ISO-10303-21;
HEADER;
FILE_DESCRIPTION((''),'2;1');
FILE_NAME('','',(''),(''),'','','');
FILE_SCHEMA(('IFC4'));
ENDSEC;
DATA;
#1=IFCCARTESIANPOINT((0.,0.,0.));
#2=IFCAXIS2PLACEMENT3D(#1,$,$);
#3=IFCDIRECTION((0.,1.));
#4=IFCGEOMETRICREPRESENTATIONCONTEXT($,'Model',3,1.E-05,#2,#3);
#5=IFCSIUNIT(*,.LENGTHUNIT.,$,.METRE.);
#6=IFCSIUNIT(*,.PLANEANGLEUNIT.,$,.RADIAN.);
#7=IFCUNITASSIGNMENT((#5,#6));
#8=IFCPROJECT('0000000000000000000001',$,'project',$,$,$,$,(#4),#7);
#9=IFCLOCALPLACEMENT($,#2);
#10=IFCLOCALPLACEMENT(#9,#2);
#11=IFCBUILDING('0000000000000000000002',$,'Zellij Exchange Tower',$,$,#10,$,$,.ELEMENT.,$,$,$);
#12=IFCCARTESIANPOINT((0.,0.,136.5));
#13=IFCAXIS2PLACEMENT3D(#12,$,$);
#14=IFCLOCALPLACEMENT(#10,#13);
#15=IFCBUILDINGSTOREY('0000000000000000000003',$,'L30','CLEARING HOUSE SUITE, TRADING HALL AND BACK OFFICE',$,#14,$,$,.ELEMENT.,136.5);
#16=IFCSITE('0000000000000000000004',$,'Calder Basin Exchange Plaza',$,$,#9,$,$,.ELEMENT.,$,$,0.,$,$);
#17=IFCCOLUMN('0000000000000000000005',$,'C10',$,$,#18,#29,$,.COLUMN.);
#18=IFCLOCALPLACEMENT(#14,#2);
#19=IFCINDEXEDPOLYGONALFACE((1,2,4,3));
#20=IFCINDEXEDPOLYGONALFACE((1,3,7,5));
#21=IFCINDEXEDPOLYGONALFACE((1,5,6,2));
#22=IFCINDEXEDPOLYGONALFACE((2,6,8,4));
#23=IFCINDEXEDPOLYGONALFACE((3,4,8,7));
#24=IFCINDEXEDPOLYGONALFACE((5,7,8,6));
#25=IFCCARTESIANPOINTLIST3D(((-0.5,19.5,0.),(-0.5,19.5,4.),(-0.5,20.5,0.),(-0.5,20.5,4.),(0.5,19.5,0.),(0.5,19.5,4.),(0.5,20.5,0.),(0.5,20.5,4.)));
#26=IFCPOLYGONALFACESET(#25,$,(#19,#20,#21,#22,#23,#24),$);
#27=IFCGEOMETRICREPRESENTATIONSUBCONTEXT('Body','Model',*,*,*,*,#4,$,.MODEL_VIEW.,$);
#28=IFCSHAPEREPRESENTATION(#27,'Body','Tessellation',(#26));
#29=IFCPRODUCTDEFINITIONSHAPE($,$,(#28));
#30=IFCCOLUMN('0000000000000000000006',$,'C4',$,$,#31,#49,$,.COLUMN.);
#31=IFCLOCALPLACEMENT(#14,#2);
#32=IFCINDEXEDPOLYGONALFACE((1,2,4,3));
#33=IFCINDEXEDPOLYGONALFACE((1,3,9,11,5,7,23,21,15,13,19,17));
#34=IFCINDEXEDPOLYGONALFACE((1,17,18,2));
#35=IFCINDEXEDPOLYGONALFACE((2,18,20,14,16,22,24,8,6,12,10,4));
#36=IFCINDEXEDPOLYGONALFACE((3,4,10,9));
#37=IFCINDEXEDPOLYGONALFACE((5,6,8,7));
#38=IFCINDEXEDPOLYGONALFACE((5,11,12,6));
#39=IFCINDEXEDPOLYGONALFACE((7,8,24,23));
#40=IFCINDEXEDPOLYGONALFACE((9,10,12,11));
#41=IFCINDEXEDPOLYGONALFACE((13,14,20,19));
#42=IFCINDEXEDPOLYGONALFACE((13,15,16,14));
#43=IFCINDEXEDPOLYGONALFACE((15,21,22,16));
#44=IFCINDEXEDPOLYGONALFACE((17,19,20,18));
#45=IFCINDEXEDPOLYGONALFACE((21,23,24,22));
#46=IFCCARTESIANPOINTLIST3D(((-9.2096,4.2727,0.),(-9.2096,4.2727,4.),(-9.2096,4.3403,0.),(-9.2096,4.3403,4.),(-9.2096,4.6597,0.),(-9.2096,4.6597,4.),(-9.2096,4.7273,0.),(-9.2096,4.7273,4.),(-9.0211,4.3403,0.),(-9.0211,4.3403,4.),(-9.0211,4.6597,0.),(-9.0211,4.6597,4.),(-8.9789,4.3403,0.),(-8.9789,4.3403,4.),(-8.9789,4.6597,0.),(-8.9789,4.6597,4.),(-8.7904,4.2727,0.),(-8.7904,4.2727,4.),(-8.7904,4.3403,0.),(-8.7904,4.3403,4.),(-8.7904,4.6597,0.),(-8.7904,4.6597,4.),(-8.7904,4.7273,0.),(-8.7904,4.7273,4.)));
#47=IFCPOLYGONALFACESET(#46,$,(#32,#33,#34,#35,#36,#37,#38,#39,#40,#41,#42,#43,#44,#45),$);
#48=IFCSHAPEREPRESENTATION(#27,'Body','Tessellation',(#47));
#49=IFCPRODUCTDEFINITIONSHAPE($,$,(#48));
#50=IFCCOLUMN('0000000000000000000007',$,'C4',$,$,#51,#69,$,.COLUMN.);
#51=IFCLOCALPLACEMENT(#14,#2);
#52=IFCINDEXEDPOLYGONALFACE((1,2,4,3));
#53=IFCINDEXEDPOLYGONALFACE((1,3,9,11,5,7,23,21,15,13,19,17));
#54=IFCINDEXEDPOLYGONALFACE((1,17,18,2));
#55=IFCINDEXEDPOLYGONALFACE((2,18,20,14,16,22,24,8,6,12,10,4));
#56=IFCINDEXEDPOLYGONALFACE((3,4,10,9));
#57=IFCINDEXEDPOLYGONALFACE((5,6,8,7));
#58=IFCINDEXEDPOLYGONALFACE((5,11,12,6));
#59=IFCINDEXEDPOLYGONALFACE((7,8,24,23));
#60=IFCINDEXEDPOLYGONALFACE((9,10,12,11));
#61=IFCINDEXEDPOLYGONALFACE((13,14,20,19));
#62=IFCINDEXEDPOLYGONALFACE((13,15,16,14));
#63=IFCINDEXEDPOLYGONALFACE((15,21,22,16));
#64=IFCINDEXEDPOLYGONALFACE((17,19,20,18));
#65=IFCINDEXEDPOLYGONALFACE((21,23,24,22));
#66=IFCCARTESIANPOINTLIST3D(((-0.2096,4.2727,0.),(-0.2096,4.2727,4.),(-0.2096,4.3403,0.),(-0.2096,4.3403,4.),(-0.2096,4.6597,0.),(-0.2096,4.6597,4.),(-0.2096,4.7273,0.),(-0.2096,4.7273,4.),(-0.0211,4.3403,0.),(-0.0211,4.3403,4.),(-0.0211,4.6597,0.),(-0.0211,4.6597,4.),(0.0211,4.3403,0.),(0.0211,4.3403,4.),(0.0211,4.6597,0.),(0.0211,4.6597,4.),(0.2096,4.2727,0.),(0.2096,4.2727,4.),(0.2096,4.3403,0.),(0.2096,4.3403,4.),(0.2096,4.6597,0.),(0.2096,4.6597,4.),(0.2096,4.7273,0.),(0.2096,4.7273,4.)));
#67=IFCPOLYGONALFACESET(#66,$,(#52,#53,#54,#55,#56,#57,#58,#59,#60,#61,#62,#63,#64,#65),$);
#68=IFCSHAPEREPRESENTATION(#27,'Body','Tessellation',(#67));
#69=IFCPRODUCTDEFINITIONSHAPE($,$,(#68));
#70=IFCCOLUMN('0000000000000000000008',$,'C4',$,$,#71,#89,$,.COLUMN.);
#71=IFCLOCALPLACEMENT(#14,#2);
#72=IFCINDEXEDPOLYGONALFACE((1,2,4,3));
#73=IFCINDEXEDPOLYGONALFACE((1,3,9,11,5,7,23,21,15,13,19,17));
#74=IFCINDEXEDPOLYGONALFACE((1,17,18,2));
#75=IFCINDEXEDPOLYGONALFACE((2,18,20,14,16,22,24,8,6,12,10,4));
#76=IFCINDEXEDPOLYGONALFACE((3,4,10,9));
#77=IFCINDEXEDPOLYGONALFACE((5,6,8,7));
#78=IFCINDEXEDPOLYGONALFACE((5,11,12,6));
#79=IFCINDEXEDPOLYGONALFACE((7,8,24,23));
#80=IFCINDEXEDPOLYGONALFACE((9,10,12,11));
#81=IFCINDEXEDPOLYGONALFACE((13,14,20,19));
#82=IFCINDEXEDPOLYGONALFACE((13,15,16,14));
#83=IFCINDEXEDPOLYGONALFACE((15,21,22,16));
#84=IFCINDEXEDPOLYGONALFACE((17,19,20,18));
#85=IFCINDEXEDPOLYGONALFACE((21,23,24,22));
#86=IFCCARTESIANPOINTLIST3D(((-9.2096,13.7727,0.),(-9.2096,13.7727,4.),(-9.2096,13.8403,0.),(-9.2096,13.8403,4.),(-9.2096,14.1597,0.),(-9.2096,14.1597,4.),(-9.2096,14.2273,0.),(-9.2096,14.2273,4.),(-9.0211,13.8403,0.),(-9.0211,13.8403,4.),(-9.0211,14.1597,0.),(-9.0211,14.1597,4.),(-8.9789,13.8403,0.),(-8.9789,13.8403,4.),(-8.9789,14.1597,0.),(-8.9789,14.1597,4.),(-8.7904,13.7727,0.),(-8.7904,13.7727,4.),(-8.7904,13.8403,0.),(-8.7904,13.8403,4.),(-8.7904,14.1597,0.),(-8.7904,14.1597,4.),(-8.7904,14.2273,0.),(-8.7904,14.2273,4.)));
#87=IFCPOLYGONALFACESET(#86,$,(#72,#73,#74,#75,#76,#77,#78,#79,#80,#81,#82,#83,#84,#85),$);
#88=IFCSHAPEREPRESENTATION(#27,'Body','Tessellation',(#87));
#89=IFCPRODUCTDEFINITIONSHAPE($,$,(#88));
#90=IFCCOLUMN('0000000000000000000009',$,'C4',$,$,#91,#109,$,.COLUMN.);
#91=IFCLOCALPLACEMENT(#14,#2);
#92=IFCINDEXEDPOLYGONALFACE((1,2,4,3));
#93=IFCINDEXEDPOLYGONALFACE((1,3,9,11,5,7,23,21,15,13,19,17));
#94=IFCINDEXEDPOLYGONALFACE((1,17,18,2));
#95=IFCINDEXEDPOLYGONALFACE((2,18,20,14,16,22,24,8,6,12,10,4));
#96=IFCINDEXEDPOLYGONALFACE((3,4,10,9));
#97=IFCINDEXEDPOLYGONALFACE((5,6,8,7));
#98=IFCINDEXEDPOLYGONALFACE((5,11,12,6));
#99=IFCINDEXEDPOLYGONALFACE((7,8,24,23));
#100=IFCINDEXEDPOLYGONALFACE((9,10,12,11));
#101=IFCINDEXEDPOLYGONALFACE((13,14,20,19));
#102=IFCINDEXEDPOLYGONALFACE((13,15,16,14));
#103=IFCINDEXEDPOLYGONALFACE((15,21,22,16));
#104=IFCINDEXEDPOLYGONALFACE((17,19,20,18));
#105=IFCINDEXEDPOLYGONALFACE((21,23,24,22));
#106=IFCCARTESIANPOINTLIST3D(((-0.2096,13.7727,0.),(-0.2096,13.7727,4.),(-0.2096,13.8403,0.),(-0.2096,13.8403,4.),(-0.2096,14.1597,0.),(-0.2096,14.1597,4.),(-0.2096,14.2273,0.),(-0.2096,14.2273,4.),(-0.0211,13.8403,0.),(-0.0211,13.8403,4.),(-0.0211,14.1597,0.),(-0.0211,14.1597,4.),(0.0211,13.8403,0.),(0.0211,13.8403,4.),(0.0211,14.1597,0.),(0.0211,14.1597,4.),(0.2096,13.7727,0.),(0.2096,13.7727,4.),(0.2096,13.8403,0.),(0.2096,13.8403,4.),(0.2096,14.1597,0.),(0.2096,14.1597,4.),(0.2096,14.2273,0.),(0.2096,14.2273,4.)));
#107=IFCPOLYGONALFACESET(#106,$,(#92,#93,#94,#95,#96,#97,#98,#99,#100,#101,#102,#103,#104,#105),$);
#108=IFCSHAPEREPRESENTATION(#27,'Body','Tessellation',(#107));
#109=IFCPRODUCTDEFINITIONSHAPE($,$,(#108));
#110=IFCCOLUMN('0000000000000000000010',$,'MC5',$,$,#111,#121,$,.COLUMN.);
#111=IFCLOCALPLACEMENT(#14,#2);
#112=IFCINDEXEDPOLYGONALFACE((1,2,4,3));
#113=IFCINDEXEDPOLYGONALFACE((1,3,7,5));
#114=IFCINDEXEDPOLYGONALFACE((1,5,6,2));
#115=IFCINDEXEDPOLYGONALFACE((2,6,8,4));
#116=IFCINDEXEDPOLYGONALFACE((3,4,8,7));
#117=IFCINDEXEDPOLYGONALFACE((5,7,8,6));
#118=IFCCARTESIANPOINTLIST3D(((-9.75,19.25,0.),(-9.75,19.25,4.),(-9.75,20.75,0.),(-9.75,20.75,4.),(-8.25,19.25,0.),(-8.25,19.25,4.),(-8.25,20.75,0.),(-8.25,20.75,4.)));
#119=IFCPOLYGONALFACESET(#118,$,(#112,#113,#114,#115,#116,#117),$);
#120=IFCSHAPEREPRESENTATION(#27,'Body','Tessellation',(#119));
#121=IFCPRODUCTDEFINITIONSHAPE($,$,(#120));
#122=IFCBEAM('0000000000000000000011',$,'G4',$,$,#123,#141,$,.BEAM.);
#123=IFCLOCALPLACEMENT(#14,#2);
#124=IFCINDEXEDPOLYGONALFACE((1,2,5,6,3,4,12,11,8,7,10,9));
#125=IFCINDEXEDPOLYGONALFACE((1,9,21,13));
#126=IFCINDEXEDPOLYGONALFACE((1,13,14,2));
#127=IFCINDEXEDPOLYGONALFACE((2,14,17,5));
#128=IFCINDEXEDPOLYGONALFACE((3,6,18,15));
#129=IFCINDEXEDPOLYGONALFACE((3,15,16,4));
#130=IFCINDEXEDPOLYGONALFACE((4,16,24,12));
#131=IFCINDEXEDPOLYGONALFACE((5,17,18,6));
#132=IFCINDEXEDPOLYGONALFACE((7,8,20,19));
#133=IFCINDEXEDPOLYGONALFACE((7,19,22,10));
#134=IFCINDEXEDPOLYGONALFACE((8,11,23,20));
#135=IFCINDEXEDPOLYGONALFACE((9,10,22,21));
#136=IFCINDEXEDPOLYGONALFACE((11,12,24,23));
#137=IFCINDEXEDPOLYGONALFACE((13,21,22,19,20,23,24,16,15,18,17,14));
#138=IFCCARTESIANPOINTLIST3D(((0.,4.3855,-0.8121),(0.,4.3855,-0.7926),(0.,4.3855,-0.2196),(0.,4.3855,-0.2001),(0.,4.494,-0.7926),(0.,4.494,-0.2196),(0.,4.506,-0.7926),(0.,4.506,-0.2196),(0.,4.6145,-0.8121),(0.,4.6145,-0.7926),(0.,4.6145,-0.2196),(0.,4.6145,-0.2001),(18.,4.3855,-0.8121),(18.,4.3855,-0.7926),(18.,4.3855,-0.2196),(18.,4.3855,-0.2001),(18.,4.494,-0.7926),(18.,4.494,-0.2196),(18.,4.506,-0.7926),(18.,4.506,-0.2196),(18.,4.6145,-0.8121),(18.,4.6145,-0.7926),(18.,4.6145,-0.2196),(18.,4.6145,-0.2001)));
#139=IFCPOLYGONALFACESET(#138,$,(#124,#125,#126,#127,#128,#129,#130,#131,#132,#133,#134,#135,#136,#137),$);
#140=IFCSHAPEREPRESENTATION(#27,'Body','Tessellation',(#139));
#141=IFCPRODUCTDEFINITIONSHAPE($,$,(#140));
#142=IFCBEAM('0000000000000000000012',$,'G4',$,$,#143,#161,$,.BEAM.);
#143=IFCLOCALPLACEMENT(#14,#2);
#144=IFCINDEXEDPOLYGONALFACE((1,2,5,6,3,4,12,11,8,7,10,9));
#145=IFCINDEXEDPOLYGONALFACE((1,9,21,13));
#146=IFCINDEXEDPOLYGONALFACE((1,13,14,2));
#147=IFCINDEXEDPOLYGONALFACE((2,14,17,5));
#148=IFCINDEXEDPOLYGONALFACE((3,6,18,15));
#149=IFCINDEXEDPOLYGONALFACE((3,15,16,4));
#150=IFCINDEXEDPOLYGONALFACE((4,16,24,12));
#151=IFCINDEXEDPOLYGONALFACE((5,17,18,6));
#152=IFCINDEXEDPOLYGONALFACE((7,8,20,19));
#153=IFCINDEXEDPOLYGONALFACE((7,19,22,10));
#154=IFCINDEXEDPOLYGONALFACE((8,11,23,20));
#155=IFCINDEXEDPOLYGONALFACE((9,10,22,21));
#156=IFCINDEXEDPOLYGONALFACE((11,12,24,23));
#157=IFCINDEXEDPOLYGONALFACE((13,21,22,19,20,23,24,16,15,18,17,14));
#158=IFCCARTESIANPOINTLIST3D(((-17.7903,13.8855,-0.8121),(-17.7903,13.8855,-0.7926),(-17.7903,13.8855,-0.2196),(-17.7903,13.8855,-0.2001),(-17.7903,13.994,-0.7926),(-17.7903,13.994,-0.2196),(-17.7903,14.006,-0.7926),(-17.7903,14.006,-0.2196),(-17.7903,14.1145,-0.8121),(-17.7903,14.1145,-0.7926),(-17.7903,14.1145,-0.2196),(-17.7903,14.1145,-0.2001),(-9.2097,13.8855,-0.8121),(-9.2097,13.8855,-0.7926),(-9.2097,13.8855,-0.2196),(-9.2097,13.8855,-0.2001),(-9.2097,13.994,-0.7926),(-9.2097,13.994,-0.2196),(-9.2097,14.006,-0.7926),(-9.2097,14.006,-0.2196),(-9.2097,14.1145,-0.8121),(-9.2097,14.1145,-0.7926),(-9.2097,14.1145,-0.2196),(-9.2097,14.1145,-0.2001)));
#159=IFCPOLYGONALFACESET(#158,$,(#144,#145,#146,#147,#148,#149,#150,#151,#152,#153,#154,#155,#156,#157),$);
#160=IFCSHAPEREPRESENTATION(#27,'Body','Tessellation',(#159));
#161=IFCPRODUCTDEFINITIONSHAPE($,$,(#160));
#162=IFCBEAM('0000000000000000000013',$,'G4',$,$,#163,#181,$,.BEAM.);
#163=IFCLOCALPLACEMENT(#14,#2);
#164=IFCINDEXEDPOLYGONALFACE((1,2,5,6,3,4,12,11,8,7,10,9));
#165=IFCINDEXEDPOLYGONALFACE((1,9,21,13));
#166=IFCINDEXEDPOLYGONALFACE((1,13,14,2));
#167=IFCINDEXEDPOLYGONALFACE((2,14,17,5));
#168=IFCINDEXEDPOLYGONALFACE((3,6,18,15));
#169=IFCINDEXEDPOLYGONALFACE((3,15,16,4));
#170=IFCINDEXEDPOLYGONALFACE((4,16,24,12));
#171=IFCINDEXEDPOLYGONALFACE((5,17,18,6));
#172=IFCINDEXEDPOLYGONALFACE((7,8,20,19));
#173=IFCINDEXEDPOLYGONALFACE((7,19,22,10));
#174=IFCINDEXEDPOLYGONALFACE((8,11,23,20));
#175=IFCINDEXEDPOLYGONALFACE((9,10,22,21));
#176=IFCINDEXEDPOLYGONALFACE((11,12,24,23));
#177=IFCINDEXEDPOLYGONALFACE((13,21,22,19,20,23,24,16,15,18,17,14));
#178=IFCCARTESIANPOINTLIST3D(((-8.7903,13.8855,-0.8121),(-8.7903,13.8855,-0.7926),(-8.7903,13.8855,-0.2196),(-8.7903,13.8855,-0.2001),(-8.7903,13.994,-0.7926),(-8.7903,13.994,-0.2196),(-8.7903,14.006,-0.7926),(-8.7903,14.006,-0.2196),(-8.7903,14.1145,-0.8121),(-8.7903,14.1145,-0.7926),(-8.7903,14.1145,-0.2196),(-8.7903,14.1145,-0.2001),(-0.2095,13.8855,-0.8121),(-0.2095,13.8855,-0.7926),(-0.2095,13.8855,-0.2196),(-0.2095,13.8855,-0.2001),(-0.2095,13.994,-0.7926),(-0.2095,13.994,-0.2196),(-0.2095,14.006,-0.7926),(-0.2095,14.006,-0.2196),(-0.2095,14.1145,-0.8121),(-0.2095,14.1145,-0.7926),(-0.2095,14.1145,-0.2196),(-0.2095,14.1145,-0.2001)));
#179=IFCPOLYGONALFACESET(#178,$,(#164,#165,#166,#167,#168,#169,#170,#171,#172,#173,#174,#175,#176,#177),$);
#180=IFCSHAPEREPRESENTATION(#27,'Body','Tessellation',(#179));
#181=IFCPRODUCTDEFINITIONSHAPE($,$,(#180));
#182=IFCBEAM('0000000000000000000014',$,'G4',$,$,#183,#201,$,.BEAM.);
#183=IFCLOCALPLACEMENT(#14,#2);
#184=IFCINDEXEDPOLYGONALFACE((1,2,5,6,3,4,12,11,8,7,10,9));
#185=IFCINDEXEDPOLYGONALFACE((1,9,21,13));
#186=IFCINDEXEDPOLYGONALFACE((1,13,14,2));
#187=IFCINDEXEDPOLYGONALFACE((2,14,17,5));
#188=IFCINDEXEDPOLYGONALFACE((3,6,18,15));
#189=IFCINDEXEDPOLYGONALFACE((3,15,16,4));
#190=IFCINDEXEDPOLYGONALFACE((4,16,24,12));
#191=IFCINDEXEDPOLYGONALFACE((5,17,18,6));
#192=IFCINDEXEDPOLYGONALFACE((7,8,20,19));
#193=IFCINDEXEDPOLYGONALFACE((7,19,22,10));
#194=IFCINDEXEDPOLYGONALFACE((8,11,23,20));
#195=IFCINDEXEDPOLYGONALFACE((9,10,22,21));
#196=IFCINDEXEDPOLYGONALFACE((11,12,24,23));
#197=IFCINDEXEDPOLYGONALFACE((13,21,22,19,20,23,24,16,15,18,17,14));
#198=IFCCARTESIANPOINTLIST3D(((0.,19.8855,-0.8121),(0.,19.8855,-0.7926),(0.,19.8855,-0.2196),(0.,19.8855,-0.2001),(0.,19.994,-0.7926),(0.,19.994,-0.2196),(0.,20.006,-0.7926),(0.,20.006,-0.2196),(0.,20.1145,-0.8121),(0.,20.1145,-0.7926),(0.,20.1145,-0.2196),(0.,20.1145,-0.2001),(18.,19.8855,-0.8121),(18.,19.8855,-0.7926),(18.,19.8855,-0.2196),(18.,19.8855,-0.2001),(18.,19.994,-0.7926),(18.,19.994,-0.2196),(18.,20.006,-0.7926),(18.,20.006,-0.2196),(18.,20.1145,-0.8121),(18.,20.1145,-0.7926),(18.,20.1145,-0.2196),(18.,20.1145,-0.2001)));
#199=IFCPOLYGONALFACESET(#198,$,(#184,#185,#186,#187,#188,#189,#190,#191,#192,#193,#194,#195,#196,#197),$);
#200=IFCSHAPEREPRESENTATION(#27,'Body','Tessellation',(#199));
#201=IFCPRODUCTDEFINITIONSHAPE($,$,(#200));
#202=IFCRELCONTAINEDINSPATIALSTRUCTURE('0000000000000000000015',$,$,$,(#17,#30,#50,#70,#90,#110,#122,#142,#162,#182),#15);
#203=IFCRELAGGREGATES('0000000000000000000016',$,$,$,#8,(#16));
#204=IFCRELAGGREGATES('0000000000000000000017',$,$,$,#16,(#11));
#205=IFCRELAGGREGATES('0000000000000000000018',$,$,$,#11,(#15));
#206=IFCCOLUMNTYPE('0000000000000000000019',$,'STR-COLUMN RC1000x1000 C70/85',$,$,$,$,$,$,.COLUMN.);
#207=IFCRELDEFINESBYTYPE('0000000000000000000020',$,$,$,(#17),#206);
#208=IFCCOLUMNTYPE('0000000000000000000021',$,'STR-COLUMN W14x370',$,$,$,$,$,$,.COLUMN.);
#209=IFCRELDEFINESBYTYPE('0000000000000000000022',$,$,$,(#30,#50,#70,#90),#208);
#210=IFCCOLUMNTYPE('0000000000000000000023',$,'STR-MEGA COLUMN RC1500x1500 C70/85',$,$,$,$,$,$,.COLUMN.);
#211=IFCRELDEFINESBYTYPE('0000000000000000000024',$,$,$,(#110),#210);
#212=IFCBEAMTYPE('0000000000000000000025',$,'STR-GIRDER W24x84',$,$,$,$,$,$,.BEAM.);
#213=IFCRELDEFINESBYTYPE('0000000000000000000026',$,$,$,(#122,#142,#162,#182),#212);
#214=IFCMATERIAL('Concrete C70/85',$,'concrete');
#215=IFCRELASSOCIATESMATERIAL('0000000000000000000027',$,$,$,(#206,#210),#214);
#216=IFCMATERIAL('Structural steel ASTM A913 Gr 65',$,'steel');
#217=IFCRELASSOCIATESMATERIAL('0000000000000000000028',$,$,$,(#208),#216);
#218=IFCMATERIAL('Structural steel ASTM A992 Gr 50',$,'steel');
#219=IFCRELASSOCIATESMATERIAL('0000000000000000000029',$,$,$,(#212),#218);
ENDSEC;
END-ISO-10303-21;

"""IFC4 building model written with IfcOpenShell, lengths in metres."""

from ifc_helpers import new_model, si_unit, direction, frame, origin, origin_2d, place, context, subcontext, project, spatial, rectangle, i_section, extrude, material, material_profile, profile_set, type_object, element, save


model = new_model("IFC4")

# Units and contexts
model_context = context("Model", 3, precision=1e-05, world=origin(), true_north=direction((0.0, 1.0)))
body_context = subcontext(model_context, "Body", "Model", "MODEL_VIEW")
ifc_project = project(units=[si_unit("LENGTHUNIT", "METRE"), si_unit("PLANEANGLEUNIT", "RADIAN")], contexts=[model_context])

# Site, building, storey
site_placement = place(None, origin())
site = spatial("IfcSite", under=ifc_project, at=site_placement, Name="Calder Basin Exchange Plaza", CompositionType="ELEMENT", RefElevation=0.0)
building_placement = place(site_placement, origin())
building = spatial("IfcBuilding", under=site, at=building_placement, Name="Zellij Exchange Tower", CompositionType="ELEMENT")
storey_placement = place(building_placement, frame((0.0, 0.0, 136.5)))
storey = spatial("IfcBuildingStorey", under=building, at=storey_placement, Name="L30", Description="CLEARING HOUSE SUITE, TRADING HALL AND BACK OFFICE", CompositionType="ELEMENT", Elevation=136.5)

# Columns
ifc_material_1 = material(Name="Concrete C70/85", Category="concrete")
ifc_material_profile_1 = material_profile(ifc_material_1, rectangle(XDim=1.0, YDim=1.0, at=origin_2d()), Name="STR-COLUMN RC1000x1000 C70/85")
ifc_profile_set_1 = profile_set([ifc_material_profile_1], Name="Concrete C70/85")
column_type_1 = type_object("IfcColumnType", Name="STR-COLUMN RC1000x1000 C70/85", PredefinedType="COLUMN", material=ifc_profile_set_1)
column_1_placement = place(storey_placement, frame((0.0, 20.0, 0.0), z_axis=(0.0, 0.0, 1.0), x_axis=(1.0, 0.0, 0.0)))
element("IfcColumn", 1, at=column_1_placement, inside=storey, type_object=column_type_1, Name="C10", PredefinedType="COLUMN", context=body_context, shape_type="SweptSolid", body=[
    extrude(rectangle(XDim=1.0, YDim=1.0, at=origin_2d()), origin(), (0.0, 0.0, 1.0), 4.0),
])
ifc_material_2 = material(Name="Structural steel ASTM A913 Gr 65", Category="steel")
ifc_material_profile_2 = material_profile(ifc_material_2, i_section(OverallWidth=0.4192, OverallDepth=0.4546, WebThickness=0.0422, FlangeThickness=0.0676, at=origin_2d()), Name="W14x370")
ifc_profile_set_2 = profile_set([ifc_material_profile_2], Name="Structural steel ASTM A913 Gr 65")
column_type_2 = type_object("IfcColumnType", Name="STR-COLUMN W14x370", PredefinedType="COLUMN", material=ifc_profile_set_2)
for number, where, z_axis, x_axis, name in (
    (2, (-9.0, 4.5, 0.0), (0.0, 0.0, 1.0), (1.0, 0.0, 0.0), "C4"),
    (3, (0.0, 4.5, 0.0), (0.0, 0.0, 1.0), (1.0, 0.0, 0.0), "C4"),
    (4, (-9.0, 14.0, 0.0), (0.0, 0.0, 1.0), (1.0, 0.0, 0.0), "C4"),
    (5, (0.0, 14.0, 0.0), (0.0, 0.0, 1.0), (1.0, 0.0, 0.0), "C4"),
):
    element("IfcColumn", number, at=place(storey_placement, frame(where, z_axis=z_axis, x_axis=x_axis)), inside=storey, type_object=column_type_2, Name=name, PredefinedType="COLUMN", context=body_context, shape_type="SweptSolid", body=[
        extrude(i_section(OverallWidth=0.4192, OverallDepth=0.4546, WebThickness=0.0422, FlangeThickness=0.0676, at=origin_2d()), origin(), (0.0, 0.0, 1.0), 4.0),
    ])
ifc_material_profile_3 = material_profile(ifc_material_1, rectangle(XDim=1.5, YDim=1.5, at=origin_2d()), Name="STR-MEGA COLUMN RC1500x1500 C70/85")
ifc_profile_set_3 = profile_set([ifc_material_profile_3], Name="Concrete C70/85")
column_type_3 = type_object("IfcColumnType", Name="STR-MEGA COLUMN RC1500x1500 C70/85", PredefinedType="COLUMN", material=ifc_profile_set_3)
column_2_placement = place(storey_placement, frame((-9.0, 20.0, 0.0), z_axis=(0.0, 0.0, 1.0), x_axis=(1.0, 0.0, 0.0)))
element("IfcColumn", 6, at=column_2_placement, inside=storey, type_object=column_type_3, Name="MC5", PredefinedType="COLUMN", context=body_context, shape_type="SweptSolid", body=[
    extrude(rectangle(XDim=1.5, YDim=1.5, at=origin_2d()), origin(), (0.0, 0.0, 1.0), 4.0),
])

# Beams
ifc_material_3 = material(Name="Structural steel ASTM A992 Gr 50", Category="steel")
ifc_material_profile_4 = material_profile(ifc_material_3, i_section(OverallWidth=0.229, OverallDepth=0.6121, WebThickness=0.012, FlangeThickness=0.0195, at=origin_2d()), Name="W24x84")
ifc_profile_set_4 = profile_set([ifc_material_profile_4], Name="Structural steel ASTM A992 Gr 50")
beam_type = type_object("IfcBeamType", Name="STR-GIRDER W24x84", PredefinedType="BEAM", material=ifc_profile_set_4)
beam_1_placement = place(storey_placement, frame((0.0, 4.5, -0.5061), z_axis=(1.0, 0.0, 0.0), x_axis=(0.0, 1.0, 0.0)))
element("IfcBeam", 7, at=beam_1_placement, inside=storey, type_object=beam_type, Name="G4", PredefinedType="BEAM", context=body_context, shape_type="SweptSolid", body=[
    extrude(i_section(OverallWidth=0.229, OverallDepth=0.6121, WebThickness=0.012, FlangeThickness=0.0195, at=origin_2d()), origin(), (0.0, 0.0, 1.0), 18.0),
])
beam_2_placement = place(storey_placement, frame((-17.7903, 14.0, -0.5061), z_axis=(1.0, 0.0, 0.0), x_axis=(0.0, 1.0, 0.0)))
element("IfcBeam", 8, at=beam_2_placement, inside=storey, type_object=beam_type, Name="G4", PredefinedType="BEAM", context=body_context, shape_type="SweptSolid", body=[
    extrude(i_section(OverallWidth=0.229, OverallDepth=0.6121, WebThickness=0.012, FlangeThickness=0.0195, at=origin_2d()), origin(), (0.0, 0.0, 1.0), 8.5806),
])
beam_3_placement = place(storey_placement, frame((-8.7903, 14.0, -0.5061), z_axis=(1.0, 0.0, 0.0), x_axis=(0.0, 1.0, 0.0)))
element("IfcBeam", 9, at=beam_3_placement, inside=storey, type_object=beam_type, Name="G4", PredefinedType="BEAM", context=body_context, shape_type="SweptSolid", body=[
    extrude(i_section(OverallWidth=0.229, OverallDepth=0.6121, WebThickness=0.012, FlangeThickness=0.0195, at=origin_2d()), origin(), (0.0, 0.0, 1.0), 8.5808),
])
beam_4_placement = place(storey_placement, frame((0.0, 20.0, -0.5061), z_axis=(1.0, 0.0, 0.0), x_axis=(0.0, 1.0, 0.0)))
element("IfcBeam", 10, at=beam_4_placement, inside=storey, type_object=beam_type, Name="G4", PredefinedType="BEAM", context=body_context, shape_type="SweptSolid", body=[
    extrude(i_section(OverallWidth=0.229, OverallDepth=0.6121, WebThickness=0.012, FlangeThickness=0.0195, at=origin_2d()), origin(), (0.0, 0.0, 1.0), 18.0),
])

save(model, "model.ifc")
